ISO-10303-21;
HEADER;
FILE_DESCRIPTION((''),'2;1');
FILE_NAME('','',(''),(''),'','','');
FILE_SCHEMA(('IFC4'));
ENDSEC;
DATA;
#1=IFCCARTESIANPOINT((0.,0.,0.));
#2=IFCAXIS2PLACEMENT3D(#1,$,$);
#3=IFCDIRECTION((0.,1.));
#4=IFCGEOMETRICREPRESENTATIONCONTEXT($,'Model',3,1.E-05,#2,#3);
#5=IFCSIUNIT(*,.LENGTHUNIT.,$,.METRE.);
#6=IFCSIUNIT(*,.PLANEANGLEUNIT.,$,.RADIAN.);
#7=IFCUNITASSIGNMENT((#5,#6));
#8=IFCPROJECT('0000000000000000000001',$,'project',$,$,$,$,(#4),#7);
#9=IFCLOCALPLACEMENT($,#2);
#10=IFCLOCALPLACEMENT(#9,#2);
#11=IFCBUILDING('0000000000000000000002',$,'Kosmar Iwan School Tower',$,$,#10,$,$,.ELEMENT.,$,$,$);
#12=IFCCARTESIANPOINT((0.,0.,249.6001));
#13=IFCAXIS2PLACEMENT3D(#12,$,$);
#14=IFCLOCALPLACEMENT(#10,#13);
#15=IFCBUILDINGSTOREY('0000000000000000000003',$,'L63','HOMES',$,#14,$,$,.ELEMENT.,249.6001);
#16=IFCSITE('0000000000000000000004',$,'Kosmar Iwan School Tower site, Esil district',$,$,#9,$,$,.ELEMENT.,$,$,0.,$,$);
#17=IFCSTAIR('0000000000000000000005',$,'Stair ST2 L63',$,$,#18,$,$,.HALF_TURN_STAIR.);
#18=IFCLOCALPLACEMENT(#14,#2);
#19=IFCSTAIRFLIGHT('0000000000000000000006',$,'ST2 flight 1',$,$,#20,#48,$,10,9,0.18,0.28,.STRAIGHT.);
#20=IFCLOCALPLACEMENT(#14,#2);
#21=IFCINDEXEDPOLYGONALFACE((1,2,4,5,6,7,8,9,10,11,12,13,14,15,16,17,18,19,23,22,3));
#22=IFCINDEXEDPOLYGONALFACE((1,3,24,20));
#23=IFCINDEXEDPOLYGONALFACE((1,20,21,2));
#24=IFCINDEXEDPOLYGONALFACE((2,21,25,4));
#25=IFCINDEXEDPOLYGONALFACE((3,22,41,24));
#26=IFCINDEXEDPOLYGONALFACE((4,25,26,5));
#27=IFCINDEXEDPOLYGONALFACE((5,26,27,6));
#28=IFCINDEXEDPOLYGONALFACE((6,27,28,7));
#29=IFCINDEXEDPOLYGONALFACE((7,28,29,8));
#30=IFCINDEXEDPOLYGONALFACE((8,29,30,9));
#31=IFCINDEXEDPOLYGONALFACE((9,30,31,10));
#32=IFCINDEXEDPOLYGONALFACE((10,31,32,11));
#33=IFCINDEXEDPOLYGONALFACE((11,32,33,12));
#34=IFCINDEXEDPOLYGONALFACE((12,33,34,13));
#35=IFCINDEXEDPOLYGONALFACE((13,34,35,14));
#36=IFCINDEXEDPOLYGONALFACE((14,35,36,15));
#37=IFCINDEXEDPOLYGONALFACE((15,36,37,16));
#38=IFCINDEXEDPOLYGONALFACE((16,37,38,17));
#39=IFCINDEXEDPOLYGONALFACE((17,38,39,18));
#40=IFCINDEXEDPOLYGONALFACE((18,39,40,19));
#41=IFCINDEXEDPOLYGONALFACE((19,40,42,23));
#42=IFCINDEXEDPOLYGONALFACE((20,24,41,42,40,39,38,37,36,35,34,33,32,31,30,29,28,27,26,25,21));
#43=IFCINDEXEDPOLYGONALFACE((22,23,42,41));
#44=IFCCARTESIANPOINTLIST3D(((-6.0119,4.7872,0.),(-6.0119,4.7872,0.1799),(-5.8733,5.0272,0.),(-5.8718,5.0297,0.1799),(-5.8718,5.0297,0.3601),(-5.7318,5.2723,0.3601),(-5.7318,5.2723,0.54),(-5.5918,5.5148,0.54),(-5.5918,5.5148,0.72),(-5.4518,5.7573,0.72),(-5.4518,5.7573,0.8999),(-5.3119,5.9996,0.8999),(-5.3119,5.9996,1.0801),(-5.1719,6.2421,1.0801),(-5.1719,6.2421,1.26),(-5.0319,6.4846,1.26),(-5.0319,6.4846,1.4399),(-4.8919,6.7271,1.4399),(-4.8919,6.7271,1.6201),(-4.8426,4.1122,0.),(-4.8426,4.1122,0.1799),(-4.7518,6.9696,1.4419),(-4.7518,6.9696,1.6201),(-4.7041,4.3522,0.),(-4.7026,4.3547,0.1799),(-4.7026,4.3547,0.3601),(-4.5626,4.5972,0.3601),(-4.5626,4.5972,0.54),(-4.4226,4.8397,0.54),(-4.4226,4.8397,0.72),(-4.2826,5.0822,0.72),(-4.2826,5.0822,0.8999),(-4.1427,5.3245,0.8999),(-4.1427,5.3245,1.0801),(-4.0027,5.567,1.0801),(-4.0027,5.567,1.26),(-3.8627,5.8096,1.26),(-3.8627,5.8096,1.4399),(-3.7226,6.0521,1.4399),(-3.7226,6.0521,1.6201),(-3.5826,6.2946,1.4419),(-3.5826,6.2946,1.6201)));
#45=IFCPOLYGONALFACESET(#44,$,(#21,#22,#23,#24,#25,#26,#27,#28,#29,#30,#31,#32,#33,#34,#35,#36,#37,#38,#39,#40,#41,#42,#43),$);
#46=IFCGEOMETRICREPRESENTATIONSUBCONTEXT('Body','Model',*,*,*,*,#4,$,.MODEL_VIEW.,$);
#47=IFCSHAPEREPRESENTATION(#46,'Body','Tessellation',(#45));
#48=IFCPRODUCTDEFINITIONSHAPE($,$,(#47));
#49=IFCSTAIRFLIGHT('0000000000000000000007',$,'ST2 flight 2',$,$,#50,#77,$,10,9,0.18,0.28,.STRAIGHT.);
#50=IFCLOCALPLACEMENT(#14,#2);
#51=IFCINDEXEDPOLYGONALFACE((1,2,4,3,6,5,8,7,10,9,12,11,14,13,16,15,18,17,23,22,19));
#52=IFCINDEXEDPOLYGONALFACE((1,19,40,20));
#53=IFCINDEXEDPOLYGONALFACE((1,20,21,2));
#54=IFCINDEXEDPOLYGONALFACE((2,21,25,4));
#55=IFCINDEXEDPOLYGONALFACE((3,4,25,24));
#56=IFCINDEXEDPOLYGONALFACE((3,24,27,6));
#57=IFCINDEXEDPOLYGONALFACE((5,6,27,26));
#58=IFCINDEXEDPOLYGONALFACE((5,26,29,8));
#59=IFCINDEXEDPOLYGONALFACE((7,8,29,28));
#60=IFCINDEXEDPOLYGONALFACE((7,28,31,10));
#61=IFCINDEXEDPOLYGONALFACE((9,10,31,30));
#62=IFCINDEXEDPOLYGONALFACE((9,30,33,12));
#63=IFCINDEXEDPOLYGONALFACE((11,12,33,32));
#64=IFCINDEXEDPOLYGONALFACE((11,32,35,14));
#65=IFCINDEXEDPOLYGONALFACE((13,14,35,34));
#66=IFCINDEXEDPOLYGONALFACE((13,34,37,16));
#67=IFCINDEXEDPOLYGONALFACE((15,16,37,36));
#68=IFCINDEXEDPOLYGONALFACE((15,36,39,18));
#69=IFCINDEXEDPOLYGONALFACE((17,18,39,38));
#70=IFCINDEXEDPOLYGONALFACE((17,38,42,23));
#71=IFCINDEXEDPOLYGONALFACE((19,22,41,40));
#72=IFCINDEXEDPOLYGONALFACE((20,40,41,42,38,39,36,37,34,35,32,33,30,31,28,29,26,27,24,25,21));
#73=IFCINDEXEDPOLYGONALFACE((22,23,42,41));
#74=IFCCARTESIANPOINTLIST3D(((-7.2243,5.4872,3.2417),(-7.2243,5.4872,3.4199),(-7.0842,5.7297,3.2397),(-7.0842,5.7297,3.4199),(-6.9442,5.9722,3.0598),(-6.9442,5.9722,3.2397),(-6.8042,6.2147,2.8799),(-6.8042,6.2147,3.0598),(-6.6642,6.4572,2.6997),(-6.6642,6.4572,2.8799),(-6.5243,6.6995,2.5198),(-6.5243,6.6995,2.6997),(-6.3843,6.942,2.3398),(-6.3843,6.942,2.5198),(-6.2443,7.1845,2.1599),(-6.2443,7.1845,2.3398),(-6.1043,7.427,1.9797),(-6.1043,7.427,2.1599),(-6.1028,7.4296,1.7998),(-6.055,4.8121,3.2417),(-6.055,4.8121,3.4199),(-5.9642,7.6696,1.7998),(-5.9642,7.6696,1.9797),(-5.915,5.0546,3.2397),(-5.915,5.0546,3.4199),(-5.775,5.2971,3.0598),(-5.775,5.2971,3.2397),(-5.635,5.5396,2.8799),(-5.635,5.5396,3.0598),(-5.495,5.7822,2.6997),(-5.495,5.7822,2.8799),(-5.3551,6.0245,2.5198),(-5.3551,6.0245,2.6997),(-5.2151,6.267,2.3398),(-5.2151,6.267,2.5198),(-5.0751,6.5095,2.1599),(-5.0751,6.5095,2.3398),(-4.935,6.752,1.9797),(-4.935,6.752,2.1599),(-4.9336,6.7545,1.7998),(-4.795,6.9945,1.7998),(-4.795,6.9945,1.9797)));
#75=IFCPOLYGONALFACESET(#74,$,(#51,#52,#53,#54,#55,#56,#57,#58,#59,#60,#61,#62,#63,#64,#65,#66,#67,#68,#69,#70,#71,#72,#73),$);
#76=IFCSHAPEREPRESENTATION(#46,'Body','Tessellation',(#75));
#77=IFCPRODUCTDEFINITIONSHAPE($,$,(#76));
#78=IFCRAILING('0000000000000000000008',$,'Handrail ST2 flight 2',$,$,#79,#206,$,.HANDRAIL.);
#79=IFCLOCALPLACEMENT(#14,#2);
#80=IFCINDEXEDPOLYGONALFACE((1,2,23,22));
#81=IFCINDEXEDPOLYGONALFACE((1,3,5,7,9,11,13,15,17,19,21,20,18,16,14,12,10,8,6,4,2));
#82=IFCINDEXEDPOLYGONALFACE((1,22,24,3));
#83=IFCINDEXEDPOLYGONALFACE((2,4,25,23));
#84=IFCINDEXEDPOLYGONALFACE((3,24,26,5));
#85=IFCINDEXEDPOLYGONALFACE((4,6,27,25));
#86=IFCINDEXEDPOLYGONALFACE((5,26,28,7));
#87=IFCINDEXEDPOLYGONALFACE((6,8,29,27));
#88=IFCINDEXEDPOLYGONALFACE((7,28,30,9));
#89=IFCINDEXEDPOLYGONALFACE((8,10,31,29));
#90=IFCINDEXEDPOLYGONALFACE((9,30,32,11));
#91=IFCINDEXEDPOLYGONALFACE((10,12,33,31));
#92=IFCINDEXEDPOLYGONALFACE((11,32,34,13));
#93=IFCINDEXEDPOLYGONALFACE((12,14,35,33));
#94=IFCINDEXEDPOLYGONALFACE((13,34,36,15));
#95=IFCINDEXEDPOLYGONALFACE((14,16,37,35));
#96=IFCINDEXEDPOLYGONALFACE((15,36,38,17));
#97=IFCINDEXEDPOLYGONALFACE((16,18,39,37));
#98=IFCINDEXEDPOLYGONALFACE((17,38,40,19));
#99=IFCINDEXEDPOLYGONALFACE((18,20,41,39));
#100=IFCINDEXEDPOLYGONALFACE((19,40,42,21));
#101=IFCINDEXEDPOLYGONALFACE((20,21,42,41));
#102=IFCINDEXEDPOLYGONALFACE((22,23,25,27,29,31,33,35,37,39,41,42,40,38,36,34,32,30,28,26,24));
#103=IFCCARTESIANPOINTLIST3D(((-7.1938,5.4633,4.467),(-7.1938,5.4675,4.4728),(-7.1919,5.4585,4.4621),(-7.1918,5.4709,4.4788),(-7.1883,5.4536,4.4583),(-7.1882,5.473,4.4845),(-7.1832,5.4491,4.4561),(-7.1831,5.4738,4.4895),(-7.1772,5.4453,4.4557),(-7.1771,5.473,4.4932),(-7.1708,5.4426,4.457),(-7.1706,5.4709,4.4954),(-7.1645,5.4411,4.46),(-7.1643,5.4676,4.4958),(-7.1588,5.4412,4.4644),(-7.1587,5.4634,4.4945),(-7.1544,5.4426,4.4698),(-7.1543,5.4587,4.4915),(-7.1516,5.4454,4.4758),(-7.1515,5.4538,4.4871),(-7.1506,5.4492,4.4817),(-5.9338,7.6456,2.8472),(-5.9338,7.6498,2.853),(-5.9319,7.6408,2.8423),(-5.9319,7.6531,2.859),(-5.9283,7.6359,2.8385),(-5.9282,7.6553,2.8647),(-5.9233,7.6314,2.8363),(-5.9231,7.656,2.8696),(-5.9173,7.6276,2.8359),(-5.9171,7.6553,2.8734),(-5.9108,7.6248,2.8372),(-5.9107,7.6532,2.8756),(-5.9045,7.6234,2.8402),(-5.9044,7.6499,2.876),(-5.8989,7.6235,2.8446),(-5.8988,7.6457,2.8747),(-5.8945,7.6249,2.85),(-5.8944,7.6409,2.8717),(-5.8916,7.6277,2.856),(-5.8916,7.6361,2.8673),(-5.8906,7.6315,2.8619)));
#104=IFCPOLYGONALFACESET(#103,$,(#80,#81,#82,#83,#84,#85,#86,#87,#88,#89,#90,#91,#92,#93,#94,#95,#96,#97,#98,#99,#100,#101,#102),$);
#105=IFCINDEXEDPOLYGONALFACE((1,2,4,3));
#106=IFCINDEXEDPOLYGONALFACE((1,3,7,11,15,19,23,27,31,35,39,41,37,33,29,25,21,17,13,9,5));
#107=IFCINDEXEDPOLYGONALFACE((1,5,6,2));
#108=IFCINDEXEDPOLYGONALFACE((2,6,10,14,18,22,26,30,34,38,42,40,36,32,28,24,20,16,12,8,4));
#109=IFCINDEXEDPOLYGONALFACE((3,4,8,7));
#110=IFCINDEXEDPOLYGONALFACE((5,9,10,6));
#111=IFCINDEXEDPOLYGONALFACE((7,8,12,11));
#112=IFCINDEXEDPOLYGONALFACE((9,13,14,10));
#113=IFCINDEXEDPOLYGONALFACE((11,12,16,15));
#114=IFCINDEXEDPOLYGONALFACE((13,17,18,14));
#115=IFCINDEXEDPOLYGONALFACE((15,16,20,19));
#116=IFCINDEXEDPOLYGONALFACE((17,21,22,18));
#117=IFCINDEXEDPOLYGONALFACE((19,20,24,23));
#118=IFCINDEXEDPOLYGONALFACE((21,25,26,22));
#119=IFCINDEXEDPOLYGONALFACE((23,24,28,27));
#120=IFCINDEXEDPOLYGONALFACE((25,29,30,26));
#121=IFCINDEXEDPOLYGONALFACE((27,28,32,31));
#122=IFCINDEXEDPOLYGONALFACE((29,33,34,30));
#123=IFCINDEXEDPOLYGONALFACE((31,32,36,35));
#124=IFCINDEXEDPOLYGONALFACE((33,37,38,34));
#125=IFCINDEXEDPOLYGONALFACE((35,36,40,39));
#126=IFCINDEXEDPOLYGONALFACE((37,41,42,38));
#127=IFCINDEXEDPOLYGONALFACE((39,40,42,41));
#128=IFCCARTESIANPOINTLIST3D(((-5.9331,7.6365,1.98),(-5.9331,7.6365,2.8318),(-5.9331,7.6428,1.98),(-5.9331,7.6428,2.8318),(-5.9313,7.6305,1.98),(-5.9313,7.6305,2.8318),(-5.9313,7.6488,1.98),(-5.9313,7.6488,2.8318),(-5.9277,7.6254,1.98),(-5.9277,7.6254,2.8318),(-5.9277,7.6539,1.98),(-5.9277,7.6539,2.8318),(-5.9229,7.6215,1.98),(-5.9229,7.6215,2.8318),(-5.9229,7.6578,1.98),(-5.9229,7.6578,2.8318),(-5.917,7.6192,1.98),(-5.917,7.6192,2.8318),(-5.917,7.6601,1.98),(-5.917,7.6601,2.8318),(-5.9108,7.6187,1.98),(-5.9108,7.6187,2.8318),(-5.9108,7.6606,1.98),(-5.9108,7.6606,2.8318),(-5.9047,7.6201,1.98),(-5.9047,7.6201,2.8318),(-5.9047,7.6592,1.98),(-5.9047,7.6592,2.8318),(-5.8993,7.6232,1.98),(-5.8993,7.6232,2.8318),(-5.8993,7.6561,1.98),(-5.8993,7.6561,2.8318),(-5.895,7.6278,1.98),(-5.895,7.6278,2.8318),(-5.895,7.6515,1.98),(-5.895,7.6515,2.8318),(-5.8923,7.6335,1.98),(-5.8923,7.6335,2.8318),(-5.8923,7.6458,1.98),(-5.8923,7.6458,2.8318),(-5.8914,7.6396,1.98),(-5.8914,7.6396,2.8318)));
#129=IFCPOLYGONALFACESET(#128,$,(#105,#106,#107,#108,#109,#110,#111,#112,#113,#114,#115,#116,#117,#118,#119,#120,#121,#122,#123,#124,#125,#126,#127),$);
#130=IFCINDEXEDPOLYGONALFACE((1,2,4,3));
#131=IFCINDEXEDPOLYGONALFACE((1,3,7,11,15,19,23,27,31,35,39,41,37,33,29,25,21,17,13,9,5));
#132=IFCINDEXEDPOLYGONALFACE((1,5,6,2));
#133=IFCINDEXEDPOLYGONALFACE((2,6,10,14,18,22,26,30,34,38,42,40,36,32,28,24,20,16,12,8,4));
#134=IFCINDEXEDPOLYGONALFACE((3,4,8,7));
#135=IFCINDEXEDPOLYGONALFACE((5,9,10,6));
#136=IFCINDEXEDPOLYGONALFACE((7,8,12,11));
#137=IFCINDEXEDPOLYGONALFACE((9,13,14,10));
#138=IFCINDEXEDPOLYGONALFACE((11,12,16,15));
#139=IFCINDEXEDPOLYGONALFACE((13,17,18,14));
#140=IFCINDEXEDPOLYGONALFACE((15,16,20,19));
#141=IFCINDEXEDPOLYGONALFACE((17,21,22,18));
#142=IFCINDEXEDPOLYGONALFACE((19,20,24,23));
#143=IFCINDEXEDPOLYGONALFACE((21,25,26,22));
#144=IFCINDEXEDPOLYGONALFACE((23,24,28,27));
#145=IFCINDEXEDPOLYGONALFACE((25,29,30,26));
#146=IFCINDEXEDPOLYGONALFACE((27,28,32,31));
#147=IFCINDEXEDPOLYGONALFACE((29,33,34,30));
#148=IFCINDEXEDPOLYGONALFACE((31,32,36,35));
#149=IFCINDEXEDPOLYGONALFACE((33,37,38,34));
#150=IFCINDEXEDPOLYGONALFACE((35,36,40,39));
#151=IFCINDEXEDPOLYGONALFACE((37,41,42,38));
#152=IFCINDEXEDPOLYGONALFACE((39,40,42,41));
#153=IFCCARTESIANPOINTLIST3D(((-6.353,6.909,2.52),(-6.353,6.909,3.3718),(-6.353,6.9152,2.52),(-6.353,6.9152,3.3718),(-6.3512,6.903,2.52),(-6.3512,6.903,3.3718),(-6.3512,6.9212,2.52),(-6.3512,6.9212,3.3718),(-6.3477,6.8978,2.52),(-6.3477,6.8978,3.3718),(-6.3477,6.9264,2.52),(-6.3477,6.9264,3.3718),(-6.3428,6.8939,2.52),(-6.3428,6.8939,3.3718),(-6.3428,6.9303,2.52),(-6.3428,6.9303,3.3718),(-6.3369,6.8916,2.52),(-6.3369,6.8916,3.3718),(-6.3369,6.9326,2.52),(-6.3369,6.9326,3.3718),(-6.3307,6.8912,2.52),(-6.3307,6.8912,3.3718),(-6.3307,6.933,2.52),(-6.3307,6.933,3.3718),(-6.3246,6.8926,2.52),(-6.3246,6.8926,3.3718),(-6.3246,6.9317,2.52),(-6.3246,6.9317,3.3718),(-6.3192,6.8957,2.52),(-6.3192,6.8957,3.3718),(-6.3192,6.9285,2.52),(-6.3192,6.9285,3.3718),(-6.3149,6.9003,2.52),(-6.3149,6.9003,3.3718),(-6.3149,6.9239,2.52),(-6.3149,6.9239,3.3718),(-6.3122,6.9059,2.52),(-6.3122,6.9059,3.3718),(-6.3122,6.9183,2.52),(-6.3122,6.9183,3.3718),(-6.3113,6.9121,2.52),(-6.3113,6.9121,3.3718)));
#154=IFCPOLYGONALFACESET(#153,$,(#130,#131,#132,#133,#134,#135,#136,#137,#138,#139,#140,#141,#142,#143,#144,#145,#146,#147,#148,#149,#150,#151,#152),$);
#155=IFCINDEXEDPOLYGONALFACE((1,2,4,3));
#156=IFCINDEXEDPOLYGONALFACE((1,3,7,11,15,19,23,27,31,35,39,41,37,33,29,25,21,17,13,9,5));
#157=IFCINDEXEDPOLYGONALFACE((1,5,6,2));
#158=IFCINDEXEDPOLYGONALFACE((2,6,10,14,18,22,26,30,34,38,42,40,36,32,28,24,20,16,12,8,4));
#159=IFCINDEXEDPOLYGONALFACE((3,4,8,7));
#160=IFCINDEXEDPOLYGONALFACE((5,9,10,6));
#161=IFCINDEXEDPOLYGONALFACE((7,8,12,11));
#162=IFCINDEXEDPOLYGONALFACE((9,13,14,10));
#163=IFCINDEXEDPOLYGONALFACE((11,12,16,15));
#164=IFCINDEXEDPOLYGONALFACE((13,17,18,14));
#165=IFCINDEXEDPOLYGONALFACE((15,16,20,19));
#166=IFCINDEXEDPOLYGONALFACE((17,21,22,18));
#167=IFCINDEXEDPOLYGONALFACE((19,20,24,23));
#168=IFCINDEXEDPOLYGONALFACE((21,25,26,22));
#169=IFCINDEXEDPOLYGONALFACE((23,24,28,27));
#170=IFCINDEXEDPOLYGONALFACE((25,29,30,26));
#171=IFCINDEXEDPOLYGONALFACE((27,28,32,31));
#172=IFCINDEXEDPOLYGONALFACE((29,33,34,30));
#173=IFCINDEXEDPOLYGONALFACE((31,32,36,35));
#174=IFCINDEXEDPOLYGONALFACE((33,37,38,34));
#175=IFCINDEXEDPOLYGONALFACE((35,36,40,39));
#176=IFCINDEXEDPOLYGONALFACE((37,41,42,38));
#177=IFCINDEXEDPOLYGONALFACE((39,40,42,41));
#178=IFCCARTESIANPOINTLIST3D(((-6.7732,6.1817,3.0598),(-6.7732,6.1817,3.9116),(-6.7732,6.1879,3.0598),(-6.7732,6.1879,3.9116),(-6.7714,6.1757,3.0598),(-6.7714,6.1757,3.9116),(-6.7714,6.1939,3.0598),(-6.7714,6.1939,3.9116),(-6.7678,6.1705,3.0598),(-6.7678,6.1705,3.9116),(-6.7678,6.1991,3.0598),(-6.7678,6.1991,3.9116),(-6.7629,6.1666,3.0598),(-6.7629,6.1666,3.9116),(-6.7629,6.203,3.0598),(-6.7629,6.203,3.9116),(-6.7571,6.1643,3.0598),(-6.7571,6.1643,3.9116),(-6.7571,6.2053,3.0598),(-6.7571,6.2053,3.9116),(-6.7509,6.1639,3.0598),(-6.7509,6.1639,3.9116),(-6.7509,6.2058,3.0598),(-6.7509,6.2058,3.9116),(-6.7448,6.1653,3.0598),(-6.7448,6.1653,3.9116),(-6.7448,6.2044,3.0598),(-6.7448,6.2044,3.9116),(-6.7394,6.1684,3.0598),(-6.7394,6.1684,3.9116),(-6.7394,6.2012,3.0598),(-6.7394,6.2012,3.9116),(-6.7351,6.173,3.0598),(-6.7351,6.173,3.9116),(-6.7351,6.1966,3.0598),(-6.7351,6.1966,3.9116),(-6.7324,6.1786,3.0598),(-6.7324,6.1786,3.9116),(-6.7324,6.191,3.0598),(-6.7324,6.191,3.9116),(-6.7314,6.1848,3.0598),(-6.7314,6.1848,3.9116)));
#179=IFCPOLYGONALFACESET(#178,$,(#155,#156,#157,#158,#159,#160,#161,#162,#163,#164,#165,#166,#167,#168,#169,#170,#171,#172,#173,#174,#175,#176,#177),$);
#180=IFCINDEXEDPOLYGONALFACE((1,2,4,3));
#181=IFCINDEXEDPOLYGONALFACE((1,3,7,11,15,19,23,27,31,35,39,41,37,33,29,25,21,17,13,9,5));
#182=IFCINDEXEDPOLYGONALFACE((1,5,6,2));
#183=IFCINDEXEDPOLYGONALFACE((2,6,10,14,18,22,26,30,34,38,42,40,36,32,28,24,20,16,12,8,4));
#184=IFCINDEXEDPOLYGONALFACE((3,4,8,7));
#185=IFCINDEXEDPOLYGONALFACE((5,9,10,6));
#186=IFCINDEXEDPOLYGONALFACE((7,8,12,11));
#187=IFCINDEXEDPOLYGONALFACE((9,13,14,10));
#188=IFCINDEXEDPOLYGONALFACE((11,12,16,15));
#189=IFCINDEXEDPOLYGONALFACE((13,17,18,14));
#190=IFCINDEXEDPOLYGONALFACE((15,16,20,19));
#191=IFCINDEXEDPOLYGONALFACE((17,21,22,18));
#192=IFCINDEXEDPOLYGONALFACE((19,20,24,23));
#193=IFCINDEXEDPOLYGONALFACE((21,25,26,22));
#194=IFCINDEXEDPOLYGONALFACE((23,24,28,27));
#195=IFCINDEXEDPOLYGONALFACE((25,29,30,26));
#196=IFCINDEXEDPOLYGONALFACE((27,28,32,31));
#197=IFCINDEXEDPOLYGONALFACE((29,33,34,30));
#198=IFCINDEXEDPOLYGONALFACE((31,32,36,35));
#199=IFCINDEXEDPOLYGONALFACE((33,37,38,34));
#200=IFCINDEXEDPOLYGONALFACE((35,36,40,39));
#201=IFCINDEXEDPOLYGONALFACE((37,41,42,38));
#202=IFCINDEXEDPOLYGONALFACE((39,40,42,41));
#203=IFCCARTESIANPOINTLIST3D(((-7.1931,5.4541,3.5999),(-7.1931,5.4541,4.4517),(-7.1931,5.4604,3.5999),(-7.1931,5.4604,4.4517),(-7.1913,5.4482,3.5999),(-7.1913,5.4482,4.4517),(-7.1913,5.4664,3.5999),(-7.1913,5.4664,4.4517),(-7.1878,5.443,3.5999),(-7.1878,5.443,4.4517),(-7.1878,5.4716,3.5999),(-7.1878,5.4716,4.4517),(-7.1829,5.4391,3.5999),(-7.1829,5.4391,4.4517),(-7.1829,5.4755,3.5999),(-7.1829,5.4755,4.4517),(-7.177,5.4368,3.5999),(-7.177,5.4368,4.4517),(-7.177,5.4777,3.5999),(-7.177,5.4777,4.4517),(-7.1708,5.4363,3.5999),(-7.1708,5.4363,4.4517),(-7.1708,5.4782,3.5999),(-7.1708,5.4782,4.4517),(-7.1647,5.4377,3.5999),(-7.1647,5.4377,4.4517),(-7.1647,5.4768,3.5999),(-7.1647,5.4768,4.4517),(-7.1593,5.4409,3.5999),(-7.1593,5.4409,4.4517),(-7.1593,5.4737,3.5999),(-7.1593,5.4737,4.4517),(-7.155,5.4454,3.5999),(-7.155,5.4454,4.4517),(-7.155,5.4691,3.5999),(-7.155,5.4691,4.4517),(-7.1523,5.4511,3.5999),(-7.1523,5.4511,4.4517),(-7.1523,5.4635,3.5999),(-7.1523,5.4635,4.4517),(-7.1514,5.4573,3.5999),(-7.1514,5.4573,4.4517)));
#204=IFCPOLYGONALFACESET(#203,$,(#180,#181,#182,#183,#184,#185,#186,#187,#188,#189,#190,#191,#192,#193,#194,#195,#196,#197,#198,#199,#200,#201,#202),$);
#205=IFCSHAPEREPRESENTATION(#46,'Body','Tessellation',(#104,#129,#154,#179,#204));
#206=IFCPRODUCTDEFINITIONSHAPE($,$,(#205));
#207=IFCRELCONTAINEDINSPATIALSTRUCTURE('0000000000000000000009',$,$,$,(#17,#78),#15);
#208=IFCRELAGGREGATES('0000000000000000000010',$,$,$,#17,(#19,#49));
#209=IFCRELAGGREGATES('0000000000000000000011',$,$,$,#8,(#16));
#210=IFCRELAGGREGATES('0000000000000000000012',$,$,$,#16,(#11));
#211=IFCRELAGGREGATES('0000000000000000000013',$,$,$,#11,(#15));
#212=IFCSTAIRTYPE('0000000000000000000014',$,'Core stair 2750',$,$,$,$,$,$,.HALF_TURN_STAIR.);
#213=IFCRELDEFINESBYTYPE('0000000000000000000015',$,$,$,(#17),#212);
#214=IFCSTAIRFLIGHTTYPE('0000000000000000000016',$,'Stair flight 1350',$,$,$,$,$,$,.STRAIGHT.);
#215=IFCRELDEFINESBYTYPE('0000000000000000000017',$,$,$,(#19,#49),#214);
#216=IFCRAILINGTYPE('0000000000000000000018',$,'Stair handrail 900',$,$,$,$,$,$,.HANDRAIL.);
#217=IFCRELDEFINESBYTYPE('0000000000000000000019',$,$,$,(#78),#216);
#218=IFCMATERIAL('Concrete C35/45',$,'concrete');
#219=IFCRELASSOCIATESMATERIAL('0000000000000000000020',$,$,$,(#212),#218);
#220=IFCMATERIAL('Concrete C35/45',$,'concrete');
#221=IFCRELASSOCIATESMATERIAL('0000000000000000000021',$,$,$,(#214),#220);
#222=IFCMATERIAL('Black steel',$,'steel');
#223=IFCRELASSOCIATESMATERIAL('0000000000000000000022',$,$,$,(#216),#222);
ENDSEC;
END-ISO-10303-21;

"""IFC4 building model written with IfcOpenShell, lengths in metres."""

from ifc_helpers import new_model, si_unit, direction, frame, origin, origin_2d, place, context, subcontext, project, spatial, polyline, circle, outline, extrude, material, type_object, element, aggregate, save


model = new_model("IFC4")

# Units and contexts
model_context = context("Model", 3, precision=1e-05, world=origin(), true_north=direction((0.0, 1.0)))
body_context = subcontext(model_context, "Body", "Model", "MODEL_VIEW")
ifc_project = project(units=[si_unit("LENGTHUNIT", "METRE"), si_unit("PLANEANGLEUNIT", "RADIAN")], contexts=[model_context])

# Site, building, storey
site_placement = place(None, origin())
site = spatial("IfcSite", under=ifc_project, at=site_placement, Name="Kosmar Iwan School Tower site, Esil district", CompositionType="ELEMENT", RefElevation=0.0)
building_placement = place(site_placement, origin())
building = spatial("IfcBuilding", under=site, at=building_placement, Name="Kosmar Iwan School Tower", CompositionType="ELEMENT")
storey_placement = place(building_placement, frame((0.0, 0.0, 249.6001)))
storey = spatial("IfcBuildingStorey", under=building, at=storey_placement, Name="L63", Description="HOMES", CompositionType="ELEMENT", Elevation=249.6001)

# Stair, stair flights
ifc_material_1 = material(Name="Concrete C35/45", Category="concrete")
stair_type = type_object("IfcStairType", Name="Core stair 2750", PredefinedType="HALF_TURN_STAIR", material=ifc_material_1)
stair_placement = place(storey_placement, origin())
stair = element("IfcStair", 1, at=stair_placement, inside=storey, type_object=stair_type, Name="Stair ST2 L63", PredefinedType="HALF_TURN_STAIR")
ifc_material_2 = material(Name="Concrete C35/45", Category="concrete")
stair_flight_type = type_object("IfcStairFlightType", Name="Stair flight 1350", PredefinedType="STRAIGHT", material=ifc_material_2)
stair_flight_1_placement = place(storey_placement, frame((-5.4272, 4.4497, 0.0), z_axis=(0.0, 0.0, 1.0), x_axis=(0.5, 0.866025, 0.0)))
stair_flight_1 = element("IfcStairFlight", 2, at=stair_flight_1_placement, type_object=stair_flight_type, Name="ST2 flight 1", NumberOfRisers=10, NumberOfTreads=9, PredefinedType="STRAIGHT", RiserHeight=0.18, TreadLength=0.28, context=body_context, shape_type="SweptSolid", body=[
    extrude(outline(polyline([(0.0, 0.0), (0.0, 0.1799), (0.28, 0.1799), (0.28, 0.3601), (0.5601, 0.3601), (0.5601, 0.54), (0.8401, 0.54), (0.8401, 0.72), (1.1201, 0.72), (1.1201, 0.8999), (1.3999, 0.8999), (1.3999, 1.0801), (1.6799, 1.0801), (1.6799, 1.26), (1.96, 1.26), (1.96, 1.4399), (2.24, 1.4399), (2.24, 1.6201), (2.52, 1.6201), (2.52, 1.8), (2.52, 1.4419), (0.2771, 0.0), (0.0, 0.0)])), frame((0.0, 0.675, 0.0), z_axis=(0.0, -1.0, 0.0), x_axis=(1.0, 0.0, 0.0)), (0.0, 0.0, 1.0), 1.3501),
])
stair_flight_2_placement = place(storey_placement, frame((-5.3796, 7.332, 1.7998), z_axis=(0.0, 0.0, 1.0), x_axis=(-0.5, -0.866025, 0.0)))
stair_flight_2 = element("IfcStairFlight", 3, at=stair_flight_2_placement, type_object=stair_flight_type, Name="ST2 flight 2", NumberOfRisers=10, NumberOfTreads=9, PredefinedType="STRAIGHT", RiserHeight=0.18, TreadLength=0.28, context=body_context, shape_type="SweptSolid", body=[
    extrude(outline(polyline([(0.0, 0.0), (0.0, 0.1799), (0.28, 0.1799), (0.28, 0.3601), (0.5601, 0.3601), (0.5601, 0.54), (0.8401, 0.54), (0.8401, 0.72), (1.1201, 0.72), (1.1201, 0.8999), (1.3999, 0.8999), (1.3999, 1.0801), (1.6799, 1.0801), (1.6799, 1.26), (1.96, 1.26), (1.96, 1.4399), (2.24, 1.4399), (2.24, 1.6201), (2.52, 1.6201), (2.52, 1.8), (2.52, 1.4419), (0.2771, 0.0), (0.0, 0.0)])), frame((0.0, 0.675, 0.0), z_axis=(0.0, -1.0, 0.0), x_axis=(1.0, 0.0, 0.0)), (0.0, 0.0, 1.0), 1.3501),
])
aggregate(stair, [stair_flight_1, stair_flight_2])

# Railing
ifc_material_3 = material(Name="Black steel", Category="steel")
railing_type = type_object("IfcRailingType", Name="Stair handrail 900", PredefinedType="HANDRAIL", material=ifc_material_3)
railing_placement = place(storey_placement, frame((-5.9124, 7.6396, 1.98)))
element("IfcRailing", 4, at=railing_placement, inside=storey, type_object=railing_type, Name="Handrail ST2 flight 2", PredefinedType="HANDRAIL", context=body_context, shape_type="SweptSolid", body=[
    extrude(circle(Radius=0.0239, at=origin_2d()), frame((0.0, 0.0, 0.876), z_axis=(-0.420603, -0.728496, 0.540728), x_axis=(0.866023, -0.500005, 0.0)), (0.0, 0.0, 1.0), 2.9956),
    extrude(circle(Radius=0.021, at=origin_2d()), origin(), (0.0, 0.0, 1.0), 0.8518),
    extrude(circle(Radius=0.021, at=origin_2d()), frame((-0.4199, -0.7275, 0.54)), (0.0, 0.0, 1.0), 0.8518),
    extrude(circle(Radius=0.021, at=origin_2d()), frame((-0.8401, -1.4548, 1.0798)), (0.0, 0.0, 1.0), 0.8518),
    extrude(circle(Radius=0.021, at=origin_2d()), frame((-1.26, -2.1824, 1.6199)), (0.0, 0.0, 1.0), 0.8518),
])

save(model, "model.ifc")
